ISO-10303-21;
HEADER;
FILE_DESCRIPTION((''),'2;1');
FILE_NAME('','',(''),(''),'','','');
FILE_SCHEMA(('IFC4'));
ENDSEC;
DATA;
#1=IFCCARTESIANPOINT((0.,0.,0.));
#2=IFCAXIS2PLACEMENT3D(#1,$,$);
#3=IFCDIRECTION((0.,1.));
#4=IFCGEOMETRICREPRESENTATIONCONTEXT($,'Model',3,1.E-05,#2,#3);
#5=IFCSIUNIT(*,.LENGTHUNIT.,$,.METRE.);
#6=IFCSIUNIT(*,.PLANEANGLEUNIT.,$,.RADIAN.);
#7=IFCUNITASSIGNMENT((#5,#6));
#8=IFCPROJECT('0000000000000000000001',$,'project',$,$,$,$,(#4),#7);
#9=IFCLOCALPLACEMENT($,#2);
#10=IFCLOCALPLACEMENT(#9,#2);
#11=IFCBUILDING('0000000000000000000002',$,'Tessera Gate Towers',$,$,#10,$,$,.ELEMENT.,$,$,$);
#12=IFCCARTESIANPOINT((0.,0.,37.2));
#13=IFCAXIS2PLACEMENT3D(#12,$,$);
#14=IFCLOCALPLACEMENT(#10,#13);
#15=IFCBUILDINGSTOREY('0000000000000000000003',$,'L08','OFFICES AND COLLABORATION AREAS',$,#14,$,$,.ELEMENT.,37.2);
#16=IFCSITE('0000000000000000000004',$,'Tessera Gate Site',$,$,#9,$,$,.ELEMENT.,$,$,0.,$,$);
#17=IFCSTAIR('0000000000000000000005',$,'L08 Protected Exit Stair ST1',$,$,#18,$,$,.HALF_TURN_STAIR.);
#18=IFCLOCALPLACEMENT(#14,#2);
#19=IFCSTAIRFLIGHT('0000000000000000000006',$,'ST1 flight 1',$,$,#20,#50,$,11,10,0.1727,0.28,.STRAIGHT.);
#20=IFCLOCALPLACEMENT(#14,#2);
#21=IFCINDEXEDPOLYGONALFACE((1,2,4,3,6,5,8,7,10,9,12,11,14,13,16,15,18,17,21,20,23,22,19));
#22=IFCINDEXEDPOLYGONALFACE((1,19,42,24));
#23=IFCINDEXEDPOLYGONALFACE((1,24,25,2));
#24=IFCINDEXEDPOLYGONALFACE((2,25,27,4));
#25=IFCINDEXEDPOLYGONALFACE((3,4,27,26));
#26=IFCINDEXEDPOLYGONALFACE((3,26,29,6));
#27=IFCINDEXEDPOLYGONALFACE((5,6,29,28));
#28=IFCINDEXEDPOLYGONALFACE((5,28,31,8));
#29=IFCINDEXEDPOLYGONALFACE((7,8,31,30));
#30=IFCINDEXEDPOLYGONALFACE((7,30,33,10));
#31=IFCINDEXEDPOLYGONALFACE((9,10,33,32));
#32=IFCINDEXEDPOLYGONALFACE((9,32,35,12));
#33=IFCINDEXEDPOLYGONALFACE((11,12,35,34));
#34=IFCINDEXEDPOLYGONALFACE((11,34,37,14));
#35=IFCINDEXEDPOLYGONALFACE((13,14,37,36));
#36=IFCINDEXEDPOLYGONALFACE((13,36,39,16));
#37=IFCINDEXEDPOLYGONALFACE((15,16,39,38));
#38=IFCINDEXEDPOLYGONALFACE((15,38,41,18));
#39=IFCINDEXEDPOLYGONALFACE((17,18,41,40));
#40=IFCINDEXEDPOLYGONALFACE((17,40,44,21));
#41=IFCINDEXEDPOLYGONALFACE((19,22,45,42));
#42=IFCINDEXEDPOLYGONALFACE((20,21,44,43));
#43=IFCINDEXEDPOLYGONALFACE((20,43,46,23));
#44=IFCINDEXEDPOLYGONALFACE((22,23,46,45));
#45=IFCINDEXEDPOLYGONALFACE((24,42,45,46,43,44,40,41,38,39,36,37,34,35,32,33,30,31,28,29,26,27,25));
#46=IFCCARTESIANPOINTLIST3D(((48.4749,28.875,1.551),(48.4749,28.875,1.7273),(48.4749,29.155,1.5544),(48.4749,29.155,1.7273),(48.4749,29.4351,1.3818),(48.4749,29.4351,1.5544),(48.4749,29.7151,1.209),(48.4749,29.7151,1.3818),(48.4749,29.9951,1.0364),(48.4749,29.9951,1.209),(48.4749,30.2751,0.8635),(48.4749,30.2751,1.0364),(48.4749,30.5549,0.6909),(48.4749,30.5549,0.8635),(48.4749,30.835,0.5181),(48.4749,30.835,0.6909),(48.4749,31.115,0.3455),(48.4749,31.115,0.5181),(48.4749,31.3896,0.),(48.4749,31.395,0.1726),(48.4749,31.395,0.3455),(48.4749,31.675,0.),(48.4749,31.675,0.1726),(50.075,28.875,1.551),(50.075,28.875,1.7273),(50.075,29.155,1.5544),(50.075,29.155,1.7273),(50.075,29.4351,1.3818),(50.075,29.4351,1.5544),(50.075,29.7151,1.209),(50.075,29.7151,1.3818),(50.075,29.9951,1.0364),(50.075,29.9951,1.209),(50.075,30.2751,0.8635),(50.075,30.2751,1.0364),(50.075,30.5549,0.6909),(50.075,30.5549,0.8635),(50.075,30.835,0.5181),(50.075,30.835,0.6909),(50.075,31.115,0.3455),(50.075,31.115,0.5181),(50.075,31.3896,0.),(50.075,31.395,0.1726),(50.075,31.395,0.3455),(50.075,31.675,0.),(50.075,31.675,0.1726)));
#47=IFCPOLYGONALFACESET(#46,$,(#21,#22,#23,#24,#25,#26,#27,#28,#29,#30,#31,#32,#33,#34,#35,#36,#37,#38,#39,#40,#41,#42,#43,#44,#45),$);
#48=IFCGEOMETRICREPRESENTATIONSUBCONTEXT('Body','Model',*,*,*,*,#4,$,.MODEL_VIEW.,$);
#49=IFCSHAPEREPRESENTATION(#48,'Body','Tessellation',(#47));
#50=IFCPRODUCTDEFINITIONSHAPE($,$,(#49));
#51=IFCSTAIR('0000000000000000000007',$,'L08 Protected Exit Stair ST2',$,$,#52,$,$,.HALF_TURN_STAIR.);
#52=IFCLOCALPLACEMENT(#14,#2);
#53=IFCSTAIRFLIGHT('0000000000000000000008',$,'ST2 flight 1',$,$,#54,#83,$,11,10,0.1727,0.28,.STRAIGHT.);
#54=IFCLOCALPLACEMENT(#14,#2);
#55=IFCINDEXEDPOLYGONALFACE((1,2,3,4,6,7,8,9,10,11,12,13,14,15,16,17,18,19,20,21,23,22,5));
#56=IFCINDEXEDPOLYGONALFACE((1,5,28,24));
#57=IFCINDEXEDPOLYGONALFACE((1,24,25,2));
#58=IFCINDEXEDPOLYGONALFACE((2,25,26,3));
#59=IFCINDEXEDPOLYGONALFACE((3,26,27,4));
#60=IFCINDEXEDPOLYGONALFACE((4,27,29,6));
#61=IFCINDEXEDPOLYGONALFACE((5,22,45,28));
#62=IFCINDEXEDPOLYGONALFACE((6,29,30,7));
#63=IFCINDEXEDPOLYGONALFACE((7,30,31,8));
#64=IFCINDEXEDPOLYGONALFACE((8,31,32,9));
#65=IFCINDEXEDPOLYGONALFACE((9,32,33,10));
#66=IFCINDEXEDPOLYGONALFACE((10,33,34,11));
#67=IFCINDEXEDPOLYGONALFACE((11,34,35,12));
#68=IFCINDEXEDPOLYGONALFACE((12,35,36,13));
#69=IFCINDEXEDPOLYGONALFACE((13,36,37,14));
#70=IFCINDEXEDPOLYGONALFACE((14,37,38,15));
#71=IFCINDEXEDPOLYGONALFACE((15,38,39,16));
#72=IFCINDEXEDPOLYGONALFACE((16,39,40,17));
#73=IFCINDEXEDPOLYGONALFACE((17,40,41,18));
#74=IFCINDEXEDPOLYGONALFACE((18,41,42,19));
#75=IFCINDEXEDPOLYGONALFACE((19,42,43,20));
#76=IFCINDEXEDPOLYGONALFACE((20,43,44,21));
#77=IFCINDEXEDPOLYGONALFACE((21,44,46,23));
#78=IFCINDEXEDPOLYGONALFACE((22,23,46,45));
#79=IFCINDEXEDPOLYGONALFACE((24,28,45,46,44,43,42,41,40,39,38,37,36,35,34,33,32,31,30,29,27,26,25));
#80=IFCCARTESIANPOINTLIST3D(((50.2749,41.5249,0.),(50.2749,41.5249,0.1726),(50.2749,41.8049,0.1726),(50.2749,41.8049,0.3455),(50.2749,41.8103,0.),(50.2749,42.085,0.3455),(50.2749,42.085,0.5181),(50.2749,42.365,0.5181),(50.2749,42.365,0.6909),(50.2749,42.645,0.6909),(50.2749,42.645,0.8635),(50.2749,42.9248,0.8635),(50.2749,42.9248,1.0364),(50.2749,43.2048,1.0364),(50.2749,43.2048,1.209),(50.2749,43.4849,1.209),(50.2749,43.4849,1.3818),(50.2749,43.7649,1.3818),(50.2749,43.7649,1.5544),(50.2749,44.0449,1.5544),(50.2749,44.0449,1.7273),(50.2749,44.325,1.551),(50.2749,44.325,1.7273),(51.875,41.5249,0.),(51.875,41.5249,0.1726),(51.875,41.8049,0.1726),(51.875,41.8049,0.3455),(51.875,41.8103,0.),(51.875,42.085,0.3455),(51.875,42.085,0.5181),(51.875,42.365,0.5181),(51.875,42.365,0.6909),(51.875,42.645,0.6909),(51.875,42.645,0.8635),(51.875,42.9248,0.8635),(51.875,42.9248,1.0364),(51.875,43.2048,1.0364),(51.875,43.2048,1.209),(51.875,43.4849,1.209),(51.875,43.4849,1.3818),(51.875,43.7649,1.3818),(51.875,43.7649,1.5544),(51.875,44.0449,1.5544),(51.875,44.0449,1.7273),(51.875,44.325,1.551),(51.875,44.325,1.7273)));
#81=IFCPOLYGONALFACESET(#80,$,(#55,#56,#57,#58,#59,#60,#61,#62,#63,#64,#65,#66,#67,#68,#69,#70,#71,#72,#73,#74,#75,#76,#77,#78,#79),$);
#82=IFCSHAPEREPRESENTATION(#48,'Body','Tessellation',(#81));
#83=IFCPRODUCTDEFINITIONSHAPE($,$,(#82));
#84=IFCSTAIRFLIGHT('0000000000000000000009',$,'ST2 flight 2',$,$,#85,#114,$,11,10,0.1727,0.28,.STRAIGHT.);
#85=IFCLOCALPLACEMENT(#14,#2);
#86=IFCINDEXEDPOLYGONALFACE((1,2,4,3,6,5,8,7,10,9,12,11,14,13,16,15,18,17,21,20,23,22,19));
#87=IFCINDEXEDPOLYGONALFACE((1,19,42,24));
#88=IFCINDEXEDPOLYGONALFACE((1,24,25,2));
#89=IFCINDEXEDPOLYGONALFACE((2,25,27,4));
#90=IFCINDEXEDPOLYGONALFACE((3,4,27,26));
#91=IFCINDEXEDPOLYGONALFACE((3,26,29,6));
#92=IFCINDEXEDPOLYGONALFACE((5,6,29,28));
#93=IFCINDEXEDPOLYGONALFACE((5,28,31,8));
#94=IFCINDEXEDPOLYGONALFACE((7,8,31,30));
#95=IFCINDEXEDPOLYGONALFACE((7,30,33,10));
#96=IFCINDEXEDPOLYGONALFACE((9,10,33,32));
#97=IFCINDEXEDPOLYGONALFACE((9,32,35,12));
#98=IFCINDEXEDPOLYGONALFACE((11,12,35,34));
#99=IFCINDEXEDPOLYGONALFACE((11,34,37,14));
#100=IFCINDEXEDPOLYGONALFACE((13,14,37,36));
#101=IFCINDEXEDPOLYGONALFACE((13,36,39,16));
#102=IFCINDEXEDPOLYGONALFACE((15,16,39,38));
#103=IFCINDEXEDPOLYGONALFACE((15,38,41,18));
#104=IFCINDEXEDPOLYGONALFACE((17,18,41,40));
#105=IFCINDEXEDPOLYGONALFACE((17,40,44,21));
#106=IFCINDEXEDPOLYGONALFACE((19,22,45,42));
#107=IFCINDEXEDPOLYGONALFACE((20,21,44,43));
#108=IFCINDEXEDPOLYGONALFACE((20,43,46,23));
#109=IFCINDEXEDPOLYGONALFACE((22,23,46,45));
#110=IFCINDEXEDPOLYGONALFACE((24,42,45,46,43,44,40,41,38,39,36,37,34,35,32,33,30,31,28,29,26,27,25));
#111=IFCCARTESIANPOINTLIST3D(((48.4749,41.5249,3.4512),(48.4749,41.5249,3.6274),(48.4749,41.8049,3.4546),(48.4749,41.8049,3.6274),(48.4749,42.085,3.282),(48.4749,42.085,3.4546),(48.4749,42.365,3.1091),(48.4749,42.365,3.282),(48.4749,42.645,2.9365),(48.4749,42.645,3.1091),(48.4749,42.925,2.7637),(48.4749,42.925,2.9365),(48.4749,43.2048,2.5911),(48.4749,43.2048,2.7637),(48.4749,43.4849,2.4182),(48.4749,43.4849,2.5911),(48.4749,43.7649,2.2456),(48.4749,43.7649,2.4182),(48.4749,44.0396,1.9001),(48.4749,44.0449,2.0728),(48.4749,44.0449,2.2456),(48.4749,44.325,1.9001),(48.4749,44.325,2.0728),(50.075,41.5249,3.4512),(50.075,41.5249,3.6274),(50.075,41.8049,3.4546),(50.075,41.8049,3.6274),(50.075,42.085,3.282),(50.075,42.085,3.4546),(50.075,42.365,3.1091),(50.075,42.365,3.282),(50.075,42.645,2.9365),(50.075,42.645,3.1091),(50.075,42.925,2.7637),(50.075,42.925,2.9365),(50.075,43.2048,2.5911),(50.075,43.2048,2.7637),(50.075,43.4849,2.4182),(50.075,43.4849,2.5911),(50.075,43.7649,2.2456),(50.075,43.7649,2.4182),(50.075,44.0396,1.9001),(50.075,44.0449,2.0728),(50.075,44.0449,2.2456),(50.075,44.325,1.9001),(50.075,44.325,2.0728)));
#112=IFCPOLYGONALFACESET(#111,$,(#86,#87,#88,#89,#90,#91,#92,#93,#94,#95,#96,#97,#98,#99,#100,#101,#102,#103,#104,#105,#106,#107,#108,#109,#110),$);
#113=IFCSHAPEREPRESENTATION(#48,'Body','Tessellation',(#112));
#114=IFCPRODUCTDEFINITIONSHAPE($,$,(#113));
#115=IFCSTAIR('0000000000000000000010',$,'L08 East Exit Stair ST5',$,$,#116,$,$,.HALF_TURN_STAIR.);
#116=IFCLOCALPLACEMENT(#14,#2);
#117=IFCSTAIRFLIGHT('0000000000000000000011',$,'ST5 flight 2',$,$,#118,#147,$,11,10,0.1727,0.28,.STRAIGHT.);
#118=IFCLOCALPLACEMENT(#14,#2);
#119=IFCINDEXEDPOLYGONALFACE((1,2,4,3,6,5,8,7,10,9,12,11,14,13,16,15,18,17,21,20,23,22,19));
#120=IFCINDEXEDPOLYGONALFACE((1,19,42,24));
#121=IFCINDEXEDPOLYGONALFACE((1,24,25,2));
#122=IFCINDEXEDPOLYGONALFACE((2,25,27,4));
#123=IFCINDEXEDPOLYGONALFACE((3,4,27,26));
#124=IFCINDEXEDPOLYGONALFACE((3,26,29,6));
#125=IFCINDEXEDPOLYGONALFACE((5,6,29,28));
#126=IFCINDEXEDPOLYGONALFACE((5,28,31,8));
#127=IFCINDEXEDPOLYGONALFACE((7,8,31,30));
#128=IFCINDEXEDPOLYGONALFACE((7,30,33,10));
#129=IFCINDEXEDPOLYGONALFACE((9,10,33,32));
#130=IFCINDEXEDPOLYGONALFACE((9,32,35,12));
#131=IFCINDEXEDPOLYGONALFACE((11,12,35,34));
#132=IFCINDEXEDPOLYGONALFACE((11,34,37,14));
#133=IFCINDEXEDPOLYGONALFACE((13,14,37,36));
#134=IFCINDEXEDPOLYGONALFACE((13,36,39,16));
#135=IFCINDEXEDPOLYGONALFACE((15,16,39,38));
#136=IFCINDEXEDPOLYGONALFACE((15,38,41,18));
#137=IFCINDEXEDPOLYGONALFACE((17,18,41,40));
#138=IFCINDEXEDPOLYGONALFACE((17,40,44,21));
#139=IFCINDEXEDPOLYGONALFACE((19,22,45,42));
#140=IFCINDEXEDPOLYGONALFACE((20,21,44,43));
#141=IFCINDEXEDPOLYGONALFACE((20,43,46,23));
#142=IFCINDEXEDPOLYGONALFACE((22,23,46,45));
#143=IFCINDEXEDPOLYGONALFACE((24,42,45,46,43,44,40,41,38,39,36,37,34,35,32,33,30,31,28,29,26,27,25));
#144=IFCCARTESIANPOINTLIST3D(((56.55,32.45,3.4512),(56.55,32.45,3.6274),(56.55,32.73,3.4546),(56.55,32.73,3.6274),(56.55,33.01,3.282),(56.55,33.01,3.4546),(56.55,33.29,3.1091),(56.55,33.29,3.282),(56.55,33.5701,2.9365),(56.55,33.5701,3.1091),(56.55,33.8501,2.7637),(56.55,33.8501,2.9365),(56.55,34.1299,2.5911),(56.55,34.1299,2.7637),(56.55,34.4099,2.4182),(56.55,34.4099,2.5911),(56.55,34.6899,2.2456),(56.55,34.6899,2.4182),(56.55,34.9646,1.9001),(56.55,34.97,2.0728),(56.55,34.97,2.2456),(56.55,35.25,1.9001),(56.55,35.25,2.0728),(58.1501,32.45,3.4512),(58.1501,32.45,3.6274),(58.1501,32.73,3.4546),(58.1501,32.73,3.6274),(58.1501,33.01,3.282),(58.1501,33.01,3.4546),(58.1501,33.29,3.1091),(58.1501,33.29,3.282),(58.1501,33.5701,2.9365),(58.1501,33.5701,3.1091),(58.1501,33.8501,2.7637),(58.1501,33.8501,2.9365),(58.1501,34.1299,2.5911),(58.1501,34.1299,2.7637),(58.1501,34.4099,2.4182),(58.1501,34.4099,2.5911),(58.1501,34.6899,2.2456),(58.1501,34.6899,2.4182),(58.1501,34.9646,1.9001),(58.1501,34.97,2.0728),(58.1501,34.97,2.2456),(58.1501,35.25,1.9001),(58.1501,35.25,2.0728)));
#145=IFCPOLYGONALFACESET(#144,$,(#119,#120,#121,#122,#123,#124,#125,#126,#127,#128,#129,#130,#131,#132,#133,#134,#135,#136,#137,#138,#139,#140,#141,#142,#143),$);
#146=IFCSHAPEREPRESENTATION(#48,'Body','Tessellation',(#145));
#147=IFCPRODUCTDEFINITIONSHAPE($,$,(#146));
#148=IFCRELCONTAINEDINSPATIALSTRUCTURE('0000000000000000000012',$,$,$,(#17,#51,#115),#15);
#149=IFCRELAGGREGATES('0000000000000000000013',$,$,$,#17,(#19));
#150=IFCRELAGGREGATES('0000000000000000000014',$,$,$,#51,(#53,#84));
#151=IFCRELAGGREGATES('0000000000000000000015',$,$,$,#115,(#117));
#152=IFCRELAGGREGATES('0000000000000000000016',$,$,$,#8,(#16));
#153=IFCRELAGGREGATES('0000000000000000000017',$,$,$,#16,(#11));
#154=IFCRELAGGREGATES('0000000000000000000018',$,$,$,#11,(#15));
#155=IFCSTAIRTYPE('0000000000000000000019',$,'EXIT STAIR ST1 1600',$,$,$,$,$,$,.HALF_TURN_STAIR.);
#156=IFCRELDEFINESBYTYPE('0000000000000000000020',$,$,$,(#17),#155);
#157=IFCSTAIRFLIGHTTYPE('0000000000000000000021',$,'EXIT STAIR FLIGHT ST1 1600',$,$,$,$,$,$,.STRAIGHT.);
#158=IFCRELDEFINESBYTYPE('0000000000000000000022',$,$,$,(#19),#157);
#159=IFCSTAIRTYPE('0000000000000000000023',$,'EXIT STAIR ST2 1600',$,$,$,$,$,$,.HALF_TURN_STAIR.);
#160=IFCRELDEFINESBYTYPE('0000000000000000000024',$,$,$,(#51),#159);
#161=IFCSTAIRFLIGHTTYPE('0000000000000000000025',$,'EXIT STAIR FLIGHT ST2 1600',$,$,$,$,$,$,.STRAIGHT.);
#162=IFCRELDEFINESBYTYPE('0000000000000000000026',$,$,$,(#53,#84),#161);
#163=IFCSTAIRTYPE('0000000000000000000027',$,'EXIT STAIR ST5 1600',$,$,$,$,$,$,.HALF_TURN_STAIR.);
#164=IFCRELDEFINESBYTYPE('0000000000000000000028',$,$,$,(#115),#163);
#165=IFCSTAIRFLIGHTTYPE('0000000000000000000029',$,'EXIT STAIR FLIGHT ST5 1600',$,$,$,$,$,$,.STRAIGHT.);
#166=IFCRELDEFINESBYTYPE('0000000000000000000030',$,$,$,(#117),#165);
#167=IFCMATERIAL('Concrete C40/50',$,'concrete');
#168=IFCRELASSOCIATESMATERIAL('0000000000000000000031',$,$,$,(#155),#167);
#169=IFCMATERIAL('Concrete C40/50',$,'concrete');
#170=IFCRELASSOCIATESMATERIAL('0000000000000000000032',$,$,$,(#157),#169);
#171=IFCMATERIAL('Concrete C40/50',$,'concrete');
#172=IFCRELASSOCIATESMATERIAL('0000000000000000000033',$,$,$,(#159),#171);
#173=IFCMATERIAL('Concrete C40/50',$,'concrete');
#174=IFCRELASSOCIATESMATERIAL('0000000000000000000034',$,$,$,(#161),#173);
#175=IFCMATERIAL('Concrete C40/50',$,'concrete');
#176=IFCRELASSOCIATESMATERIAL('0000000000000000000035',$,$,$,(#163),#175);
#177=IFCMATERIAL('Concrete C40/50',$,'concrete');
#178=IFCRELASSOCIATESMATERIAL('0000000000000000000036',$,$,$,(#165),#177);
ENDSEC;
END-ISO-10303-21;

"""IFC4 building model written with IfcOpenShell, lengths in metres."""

from ifc_helpers import new_model, si_unit, direction, frame, origin, place, context, subcontext, project, spatial, polyline, outline, extrude, material, type_object, element, aggregate, save


model = new_model("IFC4")

# Units and contexts
model_context = context("Model", 3, precision=1e-05, world=origin(), true_north=direction((0.0, 1.0)))
body_context = subcontext(model_context, "Body", "Model", "MODEL_VIEW")
ifc_project = project(units=[si_unit("LENGTHUNIT", "METRE"), si_unit("PLANEANGLEUNIT", "RADIAN")], contexts=[model_context])

# Site, building, storey
site_placement = place(None, origin())
site = spatial("IfcSite", under=ifc_project, at=site_placement, Name="Tessera Gate Site", CompositionType="ELEMENT", RefElevation=0.0)
building_placement = place(site_placement, origin())
building = spatial("IfcBuilding", under=site, at=building_placement, Name="Tessera Gate Towers", CompositionType="ELEMENT")
storey_placement = place(building_placement, frame((0.0, 0.0, 37.2)))
storey = spatial("IfcBuildingStorey", under=building, at=storey_placement, Name="L08", Description="OFFICES AND COLLABORATION AREAS", CompositionType="ELEMENT", Elevation=37.2)

# Stair, stair flight
ifc_material_1 = material(Name="Concrete C40/50", Category="concrete")
stair_type_1 = type_object("IfcStairType", Name="EXIT STAIR ST1 1600", PredefinedType="HALF_TURN_STAIR", material=ifc_material_1)
stair_1_placement = place(storey_placement, origin())
stair_1 = element("IfcStair", 1, at=stair_1_placement, inside=storey, type_object=stair_type_1, Name="L08 Protected Exit Stair ST1", PredefinedType="HALF_TURN_STAIR")
ifc_material_2 = material(Name="Concrete C40/50", Category="concrete")
stair_flight_type_1 = type_object("IfcStairFlightType", Name="EXIT STAIR FLIGHT ST1 1600", PredefinedType="STRAIGHT", material=ifc_material_2)
stair_flight_1_placement = place(storey_placement, frame((49.2749, 31.675, 0.0), z_axis=(0.0, 0.0, 1.0), x_axis=(0.0, -1.0, 0.0)))
stair_flight_1 = element("IfcStairFlight", 2, at=stair_flight_1_placement, type_object=stair_flight_type_1, Name="ST1 flight 1", NumberOfRisers=11, NumberOfTreads=10, PredefinedType="STRAIGHT", RiserHeight=0.1727, TreadLength=0.28, context=body_context, shape_type="SweptSolid", body=[
    extrude(outline(polyline([(0.0, 0.0), (0.0, 0.1726), (0.28, 0.1726), (0.28, 0.3455), (0.5601, 0.3455), (0.5601, 0.5181), (0.8401, 0.5181), (0.8401, 0.6909), (1.1201, 0.6909), (1.1201, 0.8635), (1.3999, 0.8635), (1.3999, 1.0364), (1.6799, 1.0364), (1.6799, 1.209), (1.96, 1.209), (1.96, 1.3818), (2.24, 1.3818), (2.24, 1.5544), (2.52, 1.5544), (2.52, 1.7273), (2.8, 1.7273), (2.8, 1.8999), (2.8, 1.551), (0.2854, 0.0), (0.0, 0.0)])), frame((0.0, 0.8, 0.0), z_axis=(0.0, -1.0, 0.0), x_axis=(1.0, 0.0, 0.0)), (0.0, 0.0, 1.0), 1.6001),
])
aggregate(stair_1, [stair_flight_1])

# Stair, stair flights
ifc_material_3 = material(Name="Concrete C40/50", Category="concrete")
stair_type_2 = type_object("IfcStairType", Name="EXIT STAIR ST2 1600", PredefinedType="HALF_TURN_STAIR", material=ifc_material_3)
stair_2_placement = place(storey_placement, origin())
stair_2 = element("IfcStair", 3, at=stair_2_placement, inside=storey, type_object=stair_type_2, Name="L08 Protected Exit Stair ST2", PredefinedType="HALF_TURN_STAIR")
ifc_material_4 = material(Name="Concrete C40/50", Category="concrete")
stair_flight_type_2 = type_object("IfcStairFlightType", Name="EXIT STAIR FLIGHT ST2 1600", PredefinedType="STRAIGHT", material=ifc_material_4)
stair_flight_2_placement = place(storey_placement, frame((51.075, 41.5249, 0.0), z_axis=(0.0, 0.0, 1.0), x_axis=(0.0, 1.0, 0.0)))
stair_flight_2 = element("IfcStairFlight", 4, at=stair_flight_2_placement, type_object=stair_flight_type_2, Name="ST2 flight 1", NumberOfRisers=11, NumberOfTreads=10, PredefinedType="STRAIGHT", RiserHeight=0.1727, TreadLength=0.28, context=body_context, shape_type="SweptSolid", body=[
    extrude(outline(polyline([(0.0, 0.0), (0.0, 0.1726), (0.28, 0.1726), (0.28, 0.3455), (0.5601, 0.3455), (0.5601, 0.5181), (0.8401, 0.5181), (0.8401, 0.6909), (1.1201, 0.6909), (1.1201, 0.8635), (1.3999, 0.8635), (1.3999, 1.0364), (1.6799, 1.0364), (1.6799, 1.209), (1.96, 1.209), (1.96, 1.3818), (2.24, 1.3818), (2.24, 1.5544), (2.52, 1.5544), (2.52, 1.7273), (2.8, 1.7273), (2.8, 1.8999), (2.8, 1.551), (0.2854, 0.0), (0.0, 0.0)])), frame((0.0, 0.8, 0.0), z_axis=(0.0, -1.0, 0.0), x_axis=(1.0, 0.0, 0.0)), (0.0, 0.0, 1.0), 1.6001),
])
stair_flight_3_placement = place(storey_placement, frame((49.2749, 44.325, 1.9001), z_axis=(0.0, 0.0, 1.0), x_axis=(0.0, -1.0, 0.0)))
stair_flight_3 = element("IfcStairFlight", 5, at=stair_flight_3_placement, type_object=stair_flight_type_2, Name="ST2 flight 2", NumberOfRisers=11, NumberOfTreads=10, PredefinedType="STRAIGHT", RiserHeight=0.1727, TreadLength=0.28, context=body_context, shape_type="SweptSolid", body=[
    extrude(outline(polyline([(0.0, 0.0), (0.0, 0.1726), (0.28, 0.1726), (0.28, 0.3455), (0.5601, 0.3455), (0.5601, 0.5181), (0.8401, 0.5181), (0.8401, 0.6909), (1.1201, 0.6909), (1.1201, 0.8635), (1.3999, 0.8635), (1.3999, 1.0364), (1.6799, 1.0364), (1.6799, 1.209), (1.96, 1.209), (1.96, 1.3818), (2.24, 1.3818), (2.24, 1.5544), (2.52, 1.5544), (2.52, 1.7273), (2.8, 1.7273), (2.8, 1.8999), (2.8, 1.551), (0.2854, 0.0), (0.0, 0.0)])), frame((0.0, 0.8, 0.0), z_axis=(0.0, -1.0, 0.0), x_axis=(1.0, 0.0, 0.0)), (0.0, 0.0, 1.0), 1.6001),
])
aggregate(stair_2, [stair_flight_2, stair_flight_3])

# Stair, stair flight
ifc_material_5 = material(Name="Concrete C40/50", Category="concrete")
stair_type_3 = type_object("IfcStairType", Name="EXIT STAIR ST5 1600", PredefinedType="HALF_TURN_STAIR", material=ifc_material_5)
stair_3_placement = place(storey_placement, origin())
stair_3 = element("IfcStair", 6, at=stair_3_placement, inside=storey, type_object=stair_type_3, Name="L08 East Exit Stair ST5", PredefinedType="HALF_TURN_STAIR")
ifc_material_6 = material(Name="Concrete C40/50", Category="concrete")
stair_flight_type_3 = type_object("IfcStairFlightType", Name="EXIT STAIR FLIGHT ST5 1600", PredefinedType="STRAIGHT", material=ifc_material_6)
stair_flight_4_placement = place(storey_placement, frame((57.3501, 35.25, 1.9001), z_axis=(0.0, 0.0, 1.0), x_axis=(0.0, -1.0, 0.0)))
stair_flight_4 = element("IfcStairFlight", 7, at=stair_flight_4_placement, type_object=stair_flight_type_3, Name="ST5 flight 2", NumberOfRisers=11, NumberOfTreads=10, PredefinedType="STRAIGHT", RiserHeight=0.1727, TreadLength=0.28, context=body_context, shape_type="SweptSolid", body=[
    extrude(outline(polyline([(0.0, 0.0), (0.0, 0.1726), (0.28, 0.1726), (0.28, 0.3455), (0.5601, 0.3455), (0.5601, 0.5181), (0.8401, 0.5181), (0.8401, 0.6909), (1.1201, 0.6909), (1.1201, 0.8635), (1.3999, 0.8635), (1.3999, 1.0364), (1.6799, 1.0364), (1.6799, 1.209), (1.96, 1.209), (1.96, 1.3818), (2.24, 1.3818), (2.24, 1.5544), (2.52, 1.5544), (2.52, 1.7273), (2.8, 1.7273), (2.8, 1.8999), (2.8, 1.551), (0.2854, 0.0), (0.0, 0.0)])), frame((0.0, 0.8, 0.0), z_axis=(0.0, -1.0, 0.0), x_axis=(1.0, 0.0, 0.0)), (0.0, 0.0, 1.0), 1.6001),
])
aggregate(stair_3, [stair_flight_4])

save(model, "model.ifc")
